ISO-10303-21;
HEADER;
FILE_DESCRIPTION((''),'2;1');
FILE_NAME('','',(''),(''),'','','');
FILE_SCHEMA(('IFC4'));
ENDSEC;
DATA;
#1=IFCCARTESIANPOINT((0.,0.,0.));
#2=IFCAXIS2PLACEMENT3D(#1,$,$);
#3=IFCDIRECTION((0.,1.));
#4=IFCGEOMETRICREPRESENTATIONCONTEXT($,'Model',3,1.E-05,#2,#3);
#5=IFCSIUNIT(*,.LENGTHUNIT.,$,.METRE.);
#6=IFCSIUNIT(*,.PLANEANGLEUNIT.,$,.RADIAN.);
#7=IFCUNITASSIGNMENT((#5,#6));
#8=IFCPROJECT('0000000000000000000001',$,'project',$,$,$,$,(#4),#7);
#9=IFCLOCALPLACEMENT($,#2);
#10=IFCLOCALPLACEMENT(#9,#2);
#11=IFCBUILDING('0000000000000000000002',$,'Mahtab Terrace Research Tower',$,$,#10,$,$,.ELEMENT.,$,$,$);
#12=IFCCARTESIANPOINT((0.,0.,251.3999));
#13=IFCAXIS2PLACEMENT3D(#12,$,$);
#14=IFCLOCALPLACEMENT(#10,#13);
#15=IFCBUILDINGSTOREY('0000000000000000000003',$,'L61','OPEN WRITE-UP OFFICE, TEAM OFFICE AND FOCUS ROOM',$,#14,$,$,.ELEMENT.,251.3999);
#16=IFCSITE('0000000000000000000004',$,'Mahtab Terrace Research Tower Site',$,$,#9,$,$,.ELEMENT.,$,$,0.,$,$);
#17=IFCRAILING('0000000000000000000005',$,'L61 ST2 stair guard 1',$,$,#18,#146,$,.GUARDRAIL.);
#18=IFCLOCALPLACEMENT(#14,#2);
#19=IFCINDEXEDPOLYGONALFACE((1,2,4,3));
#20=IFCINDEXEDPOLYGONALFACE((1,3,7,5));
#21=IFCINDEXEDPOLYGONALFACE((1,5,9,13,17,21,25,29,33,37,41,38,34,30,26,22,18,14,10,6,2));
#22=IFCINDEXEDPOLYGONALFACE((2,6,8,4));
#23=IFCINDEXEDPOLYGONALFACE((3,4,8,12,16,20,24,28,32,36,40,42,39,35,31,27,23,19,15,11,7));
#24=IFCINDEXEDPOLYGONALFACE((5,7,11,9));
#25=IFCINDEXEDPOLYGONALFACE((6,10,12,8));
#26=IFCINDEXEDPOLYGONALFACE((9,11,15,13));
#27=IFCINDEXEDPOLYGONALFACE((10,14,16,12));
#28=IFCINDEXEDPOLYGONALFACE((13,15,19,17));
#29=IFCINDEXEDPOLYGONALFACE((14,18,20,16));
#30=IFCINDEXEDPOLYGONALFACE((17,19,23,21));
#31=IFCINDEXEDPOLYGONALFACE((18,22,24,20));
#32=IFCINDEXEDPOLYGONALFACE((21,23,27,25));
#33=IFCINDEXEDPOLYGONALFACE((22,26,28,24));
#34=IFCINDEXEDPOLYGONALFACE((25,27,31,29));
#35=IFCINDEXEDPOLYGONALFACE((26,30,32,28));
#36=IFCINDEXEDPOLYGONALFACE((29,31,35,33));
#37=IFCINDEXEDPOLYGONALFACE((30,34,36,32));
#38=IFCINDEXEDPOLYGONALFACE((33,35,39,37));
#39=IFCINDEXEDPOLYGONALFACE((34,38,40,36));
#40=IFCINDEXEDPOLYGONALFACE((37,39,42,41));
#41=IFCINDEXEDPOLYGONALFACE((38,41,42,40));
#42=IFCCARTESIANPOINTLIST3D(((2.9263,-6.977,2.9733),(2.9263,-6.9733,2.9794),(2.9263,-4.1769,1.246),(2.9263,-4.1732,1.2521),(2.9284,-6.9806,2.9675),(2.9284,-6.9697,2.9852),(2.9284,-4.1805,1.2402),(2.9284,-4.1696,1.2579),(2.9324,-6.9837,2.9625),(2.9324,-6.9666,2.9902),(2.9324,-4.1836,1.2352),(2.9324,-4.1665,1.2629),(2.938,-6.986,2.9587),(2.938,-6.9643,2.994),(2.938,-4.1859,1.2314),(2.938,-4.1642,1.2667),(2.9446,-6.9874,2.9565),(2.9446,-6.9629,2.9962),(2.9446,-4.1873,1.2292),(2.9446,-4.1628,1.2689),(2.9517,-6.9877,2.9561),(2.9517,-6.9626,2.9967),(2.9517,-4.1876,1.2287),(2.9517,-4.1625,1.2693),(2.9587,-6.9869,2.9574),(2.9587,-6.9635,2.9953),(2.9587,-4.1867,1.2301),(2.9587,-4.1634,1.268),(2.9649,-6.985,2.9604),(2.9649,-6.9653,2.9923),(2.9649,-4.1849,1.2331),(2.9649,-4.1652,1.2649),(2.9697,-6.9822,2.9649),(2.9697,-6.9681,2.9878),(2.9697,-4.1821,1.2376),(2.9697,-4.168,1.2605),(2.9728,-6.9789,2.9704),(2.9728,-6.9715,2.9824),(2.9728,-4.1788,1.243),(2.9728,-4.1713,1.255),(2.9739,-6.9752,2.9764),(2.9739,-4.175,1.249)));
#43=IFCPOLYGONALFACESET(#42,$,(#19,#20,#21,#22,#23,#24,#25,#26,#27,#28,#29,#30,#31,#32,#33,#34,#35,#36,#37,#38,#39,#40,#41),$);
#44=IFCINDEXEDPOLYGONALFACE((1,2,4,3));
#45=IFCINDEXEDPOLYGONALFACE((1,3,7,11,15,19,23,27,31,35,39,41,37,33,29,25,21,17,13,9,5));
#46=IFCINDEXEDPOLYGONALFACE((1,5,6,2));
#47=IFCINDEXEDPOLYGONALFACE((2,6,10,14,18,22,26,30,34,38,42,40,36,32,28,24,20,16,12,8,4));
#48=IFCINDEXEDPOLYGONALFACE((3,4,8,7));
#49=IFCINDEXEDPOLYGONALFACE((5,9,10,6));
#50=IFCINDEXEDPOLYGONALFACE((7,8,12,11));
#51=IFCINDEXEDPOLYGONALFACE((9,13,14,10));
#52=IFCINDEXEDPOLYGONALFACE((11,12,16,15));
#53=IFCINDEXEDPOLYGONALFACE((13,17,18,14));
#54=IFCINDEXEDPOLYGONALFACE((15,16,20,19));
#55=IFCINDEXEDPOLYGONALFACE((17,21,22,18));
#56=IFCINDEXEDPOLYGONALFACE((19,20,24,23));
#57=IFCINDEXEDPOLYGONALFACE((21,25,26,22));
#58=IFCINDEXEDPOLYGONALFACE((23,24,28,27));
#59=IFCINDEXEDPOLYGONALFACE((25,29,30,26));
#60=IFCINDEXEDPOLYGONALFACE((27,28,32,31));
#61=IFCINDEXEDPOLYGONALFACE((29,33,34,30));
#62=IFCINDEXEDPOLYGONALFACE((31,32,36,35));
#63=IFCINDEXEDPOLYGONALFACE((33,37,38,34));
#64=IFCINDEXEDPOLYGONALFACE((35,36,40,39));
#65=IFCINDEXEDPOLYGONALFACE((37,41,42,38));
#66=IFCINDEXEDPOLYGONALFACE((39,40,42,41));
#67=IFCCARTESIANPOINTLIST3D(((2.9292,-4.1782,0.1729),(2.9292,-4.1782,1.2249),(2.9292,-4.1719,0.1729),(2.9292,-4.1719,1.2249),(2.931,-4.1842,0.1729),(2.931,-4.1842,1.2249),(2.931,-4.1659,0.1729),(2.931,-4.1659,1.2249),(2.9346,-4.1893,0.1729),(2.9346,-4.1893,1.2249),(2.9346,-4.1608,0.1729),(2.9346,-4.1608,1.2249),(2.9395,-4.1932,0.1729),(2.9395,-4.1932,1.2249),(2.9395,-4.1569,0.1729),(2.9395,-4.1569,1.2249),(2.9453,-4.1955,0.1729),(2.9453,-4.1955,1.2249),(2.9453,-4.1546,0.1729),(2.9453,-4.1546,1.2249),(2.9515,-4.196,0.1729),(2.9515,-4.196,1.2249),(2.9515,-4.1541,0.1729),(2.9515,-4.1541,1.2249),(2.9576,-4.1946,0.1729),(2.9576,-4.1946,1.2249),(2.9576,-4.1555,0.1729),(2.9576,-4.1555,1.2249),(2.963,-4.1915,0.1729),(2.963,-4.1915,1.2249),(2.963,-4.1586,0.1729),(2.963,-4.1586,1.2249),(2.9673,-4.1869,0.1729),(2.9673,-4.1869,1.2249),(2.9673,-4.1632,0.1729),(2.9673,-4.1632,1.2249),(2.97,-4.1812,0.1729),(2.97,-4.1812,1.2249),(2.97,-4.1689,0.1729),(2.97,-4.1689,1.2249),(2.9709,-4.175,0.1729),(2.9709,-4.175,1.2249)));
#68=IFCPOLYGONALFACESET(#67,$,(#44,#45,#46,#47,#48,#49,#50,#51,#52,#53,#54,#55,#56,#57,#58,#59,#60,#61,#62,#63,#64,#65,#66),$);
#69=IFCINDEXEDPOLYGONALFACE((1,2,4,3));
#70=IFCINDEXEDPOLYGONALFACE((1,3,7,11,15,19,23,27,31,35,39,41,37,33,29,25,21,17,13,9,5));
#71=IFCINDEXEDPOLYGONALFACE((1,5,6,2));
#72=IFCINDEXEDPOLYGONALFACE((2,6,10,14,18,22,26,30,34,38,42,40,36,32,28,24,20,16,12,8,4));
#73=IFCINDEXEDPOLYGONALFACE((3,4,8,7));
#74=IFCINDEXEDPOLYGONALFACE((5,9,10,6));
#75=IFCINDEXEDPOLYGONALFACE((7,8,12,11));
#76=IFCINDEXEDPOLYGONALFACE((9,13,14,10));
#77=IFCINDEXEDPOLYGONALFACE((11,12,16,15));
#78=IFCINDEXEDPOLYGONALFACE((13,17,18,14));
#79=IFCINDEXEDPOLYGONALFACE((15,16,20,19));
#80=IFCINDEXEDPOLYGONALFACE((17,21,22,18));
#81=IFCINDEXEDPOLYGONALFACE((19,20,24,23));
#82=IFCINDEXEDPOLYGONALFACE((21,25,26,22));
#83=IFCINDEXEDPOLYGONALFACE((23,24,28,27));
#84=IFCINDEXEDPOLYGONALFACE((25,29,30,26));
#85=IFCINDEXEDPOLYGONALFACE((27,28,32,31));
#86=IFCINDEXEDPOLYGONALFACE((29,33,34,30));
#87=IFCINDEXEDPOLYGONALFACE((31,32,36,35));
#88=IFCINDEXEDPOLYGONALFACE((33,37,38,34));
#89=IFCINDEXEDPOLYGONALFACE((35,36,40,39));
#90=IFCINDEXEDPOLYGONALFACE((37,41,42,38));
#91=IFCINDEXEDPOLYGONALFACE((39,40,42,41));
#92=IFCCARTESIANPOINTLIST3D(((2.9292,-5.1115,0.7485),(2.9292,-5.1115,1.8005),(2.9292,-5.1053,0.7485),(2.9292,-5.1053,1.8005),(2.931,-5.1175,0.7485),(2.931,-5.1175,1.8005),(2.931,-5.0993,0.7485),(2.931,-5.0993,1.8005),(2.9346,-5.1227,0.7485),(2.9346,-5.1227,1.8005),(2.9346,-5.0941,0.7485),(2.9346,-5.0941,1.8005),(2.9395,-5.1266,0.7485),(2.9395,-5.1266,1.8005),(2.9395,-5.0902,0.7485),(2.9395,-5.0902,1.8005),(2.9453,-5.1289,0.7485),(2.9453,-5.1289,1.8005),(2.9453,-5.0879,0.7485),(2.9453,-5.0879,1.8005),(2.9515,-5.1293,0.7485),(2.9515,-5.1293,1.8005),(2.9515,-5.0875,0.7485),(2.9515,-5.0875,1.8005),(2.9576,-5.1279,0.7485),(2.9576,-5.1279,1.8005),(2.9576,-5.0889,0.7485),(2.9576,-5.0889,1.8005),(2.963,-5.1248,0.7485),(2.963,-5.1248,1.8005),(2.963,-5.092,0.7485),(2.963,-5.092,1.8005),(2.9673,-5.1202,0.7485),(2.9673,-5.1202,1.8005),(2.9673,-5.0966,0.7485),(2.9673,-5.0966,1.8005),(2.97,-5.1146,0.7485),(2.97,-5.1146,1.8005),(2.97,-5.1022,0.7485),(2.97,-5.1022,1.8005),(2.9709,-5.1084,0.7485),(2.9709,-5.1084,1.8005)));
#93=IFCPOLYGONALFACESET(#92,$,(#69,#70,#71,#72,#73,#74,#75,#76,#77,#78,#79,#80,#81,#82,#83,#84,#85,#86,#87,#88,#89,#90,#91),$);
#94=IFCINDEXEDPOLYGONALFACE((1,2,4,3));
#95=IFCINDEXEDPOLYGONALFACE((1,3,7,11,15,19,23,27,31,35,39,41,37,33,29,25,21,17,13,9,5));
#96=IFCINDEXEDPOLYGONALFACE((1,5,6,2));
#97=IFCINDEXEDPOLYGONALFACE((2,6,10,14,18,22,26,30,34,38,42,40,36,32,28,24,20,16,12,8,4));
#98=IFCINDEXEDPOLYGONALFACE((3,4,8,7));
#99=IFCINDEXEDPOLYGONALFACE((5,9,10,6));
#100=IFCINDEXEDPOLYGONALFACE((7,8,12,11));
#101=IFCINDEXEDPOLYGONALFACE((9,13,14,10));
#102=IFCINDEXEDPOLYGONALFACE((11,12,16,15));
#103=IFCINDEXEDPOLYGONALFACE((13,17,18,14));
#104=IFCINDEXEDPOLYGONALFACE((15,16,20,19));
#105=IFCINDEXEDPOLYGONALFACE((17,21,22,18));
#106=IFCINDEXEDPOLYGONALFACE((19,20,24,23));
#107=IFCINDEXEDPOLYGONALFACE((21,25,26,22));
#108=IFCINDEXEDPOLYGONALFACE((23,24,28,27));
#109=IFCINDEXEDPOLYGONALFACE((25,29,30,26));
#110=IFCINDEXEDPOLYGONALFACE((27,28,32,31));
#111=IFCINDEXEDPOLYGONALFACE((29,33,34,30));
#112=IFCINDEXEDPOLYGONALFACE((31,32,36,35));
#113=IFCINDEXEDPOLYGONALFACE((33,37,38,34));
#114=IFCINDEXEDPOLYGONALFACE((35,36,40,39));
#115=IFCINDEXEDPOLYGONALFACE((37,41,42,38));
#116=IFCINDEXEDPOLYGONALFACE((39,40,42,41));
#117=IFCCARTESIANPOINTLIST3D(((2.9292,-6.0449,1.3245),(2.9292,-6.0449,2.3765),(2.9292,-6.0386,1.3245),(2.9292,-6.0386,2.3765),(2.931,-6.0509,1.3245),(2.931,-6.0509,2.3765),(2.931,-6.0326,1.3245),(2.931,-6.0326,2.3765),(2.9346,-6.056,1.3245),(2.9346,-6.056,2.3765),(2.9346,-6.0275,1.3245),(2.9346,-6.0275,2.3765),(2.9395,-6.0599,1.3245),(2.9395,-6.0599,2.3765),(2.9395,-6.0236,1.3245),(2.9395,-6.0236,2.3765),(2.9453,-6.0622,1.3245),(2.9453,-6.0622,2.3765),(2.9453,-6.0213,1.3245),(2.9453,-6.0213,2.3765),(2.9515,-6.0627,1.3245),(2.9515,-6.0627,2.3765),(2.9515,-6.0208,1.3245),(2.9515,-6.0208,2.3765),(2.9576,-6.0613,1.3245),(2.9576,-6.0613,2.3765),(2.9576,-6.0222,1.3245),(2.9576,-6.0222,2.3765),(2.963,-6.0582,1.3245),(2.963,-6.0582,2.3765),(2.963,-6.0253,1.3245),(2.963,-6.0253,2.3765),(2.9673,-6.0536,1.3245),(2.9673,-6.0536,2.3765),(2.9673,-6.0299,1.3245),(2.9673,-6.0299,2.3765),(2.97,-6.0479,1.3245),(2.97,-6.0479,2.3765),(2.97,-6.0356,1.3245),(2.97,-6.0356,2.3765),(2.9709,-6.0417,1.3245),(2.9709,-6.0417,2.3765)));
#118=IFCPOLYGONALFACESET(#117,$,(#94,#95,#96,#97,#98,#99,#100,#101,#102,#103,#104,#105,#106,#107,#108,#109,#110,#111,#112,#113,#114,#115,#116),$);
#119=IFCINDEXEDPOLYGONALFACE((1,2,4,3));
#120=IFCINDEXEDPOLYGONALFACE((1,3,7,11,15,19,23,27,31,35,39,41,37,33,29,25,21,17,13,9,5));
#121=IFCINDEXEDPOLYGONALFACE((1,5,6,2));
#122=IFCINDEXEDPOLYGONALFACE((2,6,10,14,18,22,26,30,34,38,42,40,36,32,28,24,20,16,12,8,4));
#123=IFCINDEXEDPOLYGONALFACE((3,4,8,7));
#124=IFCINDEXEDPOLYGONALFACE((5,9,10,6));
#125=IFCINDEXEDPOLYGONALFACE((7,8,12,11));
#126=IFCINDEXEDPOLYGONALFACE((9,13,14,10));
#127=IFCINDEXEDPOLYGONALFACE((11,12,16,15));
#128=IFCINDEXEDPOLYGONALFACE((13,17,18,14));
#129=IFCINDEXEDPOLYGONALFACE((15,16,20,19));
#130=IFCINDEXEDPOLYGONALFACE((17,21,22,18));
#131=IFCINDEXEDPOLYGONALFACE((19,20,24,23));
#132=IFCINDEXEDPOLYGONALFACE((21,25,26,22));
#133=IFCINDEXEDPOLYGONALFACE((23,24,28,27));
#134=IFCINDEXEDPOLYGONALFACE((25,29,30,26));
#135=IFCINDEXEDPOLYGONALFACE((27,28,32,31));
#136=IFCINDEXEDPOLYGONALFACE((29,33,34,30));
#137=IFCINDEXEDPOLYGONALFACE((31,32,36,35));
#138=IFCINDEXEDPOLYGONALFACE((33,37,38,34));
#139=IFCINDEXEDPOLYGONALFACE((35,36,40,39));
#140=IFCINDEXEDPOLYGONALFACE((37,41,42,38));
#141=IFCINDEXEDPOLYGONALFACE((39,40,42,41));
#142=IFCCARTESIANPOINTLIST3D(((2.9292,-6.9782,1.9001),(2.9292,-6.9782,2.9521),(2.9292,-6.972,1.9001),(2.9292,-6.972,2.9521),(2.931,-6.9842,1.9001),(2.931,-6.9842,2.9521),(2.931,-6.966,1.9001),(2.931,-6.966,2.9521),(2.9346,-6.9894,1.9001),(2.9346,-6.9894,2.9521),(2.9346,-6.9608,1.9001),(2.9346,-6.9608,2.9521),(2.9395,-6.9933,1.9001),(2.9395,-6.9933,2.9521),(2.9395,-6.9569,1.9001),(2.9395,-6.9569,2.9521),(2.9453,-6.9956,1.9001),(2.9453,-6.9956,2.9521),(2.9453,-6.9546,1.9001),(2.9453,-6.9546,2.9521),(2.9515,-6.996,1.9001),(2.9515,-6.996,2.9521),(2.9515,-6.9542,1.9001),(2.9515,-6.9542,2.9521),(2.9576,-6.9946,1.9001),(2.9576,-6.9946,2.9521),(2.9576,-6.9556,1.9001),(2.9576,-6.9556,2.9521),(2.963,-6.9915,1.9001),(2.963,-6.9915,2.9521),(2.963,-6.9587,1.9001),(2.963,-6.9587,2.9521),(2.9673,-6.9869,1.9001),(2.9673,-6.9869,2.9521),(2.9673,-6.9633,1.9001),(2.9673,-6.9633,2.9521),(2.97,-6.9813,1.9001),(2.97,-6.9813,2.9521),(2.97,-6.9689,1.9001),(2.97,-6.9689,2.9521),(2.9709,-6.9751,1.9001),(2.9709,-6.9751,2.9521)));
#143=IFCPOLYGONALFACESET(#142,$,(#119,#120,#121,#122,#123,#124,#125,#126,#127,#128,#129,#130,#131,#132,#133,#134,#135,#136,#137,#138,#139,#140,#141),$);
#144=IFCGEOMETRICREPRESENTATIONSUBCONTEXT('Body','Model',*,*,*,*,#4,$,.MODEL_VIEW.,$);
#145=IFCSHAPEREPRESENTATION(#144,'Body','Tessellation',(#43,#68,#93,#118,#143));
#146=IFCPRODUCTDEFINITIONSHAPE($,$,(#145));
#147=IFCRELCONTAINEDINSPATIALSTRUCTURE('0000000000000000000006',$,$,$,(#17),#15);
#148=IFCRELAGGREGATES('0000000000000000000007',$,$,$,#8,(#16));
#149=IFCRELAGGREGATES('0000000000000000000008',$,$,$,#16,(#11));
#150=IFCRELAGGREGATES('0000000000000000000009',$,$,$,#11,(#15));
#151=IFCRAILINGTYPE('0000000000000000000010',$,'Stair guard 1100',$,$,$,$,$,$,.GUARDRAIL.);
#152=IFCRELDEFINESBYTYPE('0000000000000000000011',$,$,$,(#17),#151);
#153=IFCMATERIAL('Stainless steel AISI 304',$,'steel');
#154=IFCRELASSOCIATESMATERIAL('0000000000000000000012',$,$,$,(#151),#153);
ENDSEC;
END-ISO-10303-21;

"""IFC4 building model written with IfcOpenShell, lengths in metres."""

from ifc_helpers import new_model, si_unit, direction, frame, origin, origin_2d, place, context, subcontext, project, spatial, circle, extrude, material, type_object, element, save


model = new_model("IFC4")

# Units and contexts
model_context = context("Model", 3, precision=1e-05, world=origin(), true_north=direction((0.0, 1.0)))
body_context = subcontext(model_context, "Body", "Model", "MODEL_VIEW")
ifc_project = project(units=[si_unit("LENGTHUNIT", "METRE"), si_unit("PLANEANGLEUNIT", "RADIAN")], contexts=[model_context])

# Site, building, storey
site_placement = place(None, origin())
site = spatial("IfcSite", under=ifc_project, at=site_placement, Name="Mahtab Terrace Research Tower Site", CompositionType="ELEMENT", RefElevation=0.0)
building_placement = place(site_placement, origin())
building = spatial("IfcBuilding", under=site, at=building_placement, Name="Mahtab Terrace Research Tower", CompositionType="ELEMENT")
storey_placement = place(building_placement, frame((0.0, 0.0, 251.3999)))
storey = spatial("IfcBuildingStorey", under=building, at=storey_placement, Name="L61", Description="OPEN WRITE-UP OFFICE, TEAM OFFICE AND FOCUS ROOM", CompositionType="ELEMENT", Elevation=251.3999)

# Shared definitions
ifc_material_1 = material(Name="Stainless steel AISI 304", Category="steel")

# Railing
railing_type_1 = type_object("IfcRailingType", Name="Stair guard 1100", PredefinedType="GUARDRAIL", material=ifc_material_1)
railing_1_placement = place(storey_placement, frame((2.95, -4.175, 0.1729)))
element("IfcRailing", 1, at=railing_1_placement, inside=storey, type_object=railing_type_1, Name="L61 ST2 stair guard 1", PredefinedType="GUARDRAIL", context=body_context, shape_type="SweptSolid", body=[
    extrude(circle(Radius=0.0239, at=origin_2d()), frame((0.0, 0.0, 1.0762), z_axis=(0.0, -0.85109, 0.52502), x_axis=(1.0, 0.0, 0.0)), (0.0, 0.0, 1.0), 3.29),
    extrude(circle(Radius=0.021, at=origin_2d()), origin(), (0.0, 0.0, 1.0), 1.052),
    extrude(circle(Radius=0.021, at=origin_2d()), frame((0.0, -0.9333, 0.5757)), (0.0, 0.0, 1.0), 1.052),
    extrude(circle(Radius=0.021, at=origin_2d()), frame((0.0, -1.8667, 1.1516)), (0.0, 0.0, 1.0), 1.052),
    extrude(circle(Radius=0.021, at=origin_2d()), frame((0.0, -2.8, 1.7273)), (0.0, 0.0, 1.0), 1.052),
])

save(model, "model.ifc")
